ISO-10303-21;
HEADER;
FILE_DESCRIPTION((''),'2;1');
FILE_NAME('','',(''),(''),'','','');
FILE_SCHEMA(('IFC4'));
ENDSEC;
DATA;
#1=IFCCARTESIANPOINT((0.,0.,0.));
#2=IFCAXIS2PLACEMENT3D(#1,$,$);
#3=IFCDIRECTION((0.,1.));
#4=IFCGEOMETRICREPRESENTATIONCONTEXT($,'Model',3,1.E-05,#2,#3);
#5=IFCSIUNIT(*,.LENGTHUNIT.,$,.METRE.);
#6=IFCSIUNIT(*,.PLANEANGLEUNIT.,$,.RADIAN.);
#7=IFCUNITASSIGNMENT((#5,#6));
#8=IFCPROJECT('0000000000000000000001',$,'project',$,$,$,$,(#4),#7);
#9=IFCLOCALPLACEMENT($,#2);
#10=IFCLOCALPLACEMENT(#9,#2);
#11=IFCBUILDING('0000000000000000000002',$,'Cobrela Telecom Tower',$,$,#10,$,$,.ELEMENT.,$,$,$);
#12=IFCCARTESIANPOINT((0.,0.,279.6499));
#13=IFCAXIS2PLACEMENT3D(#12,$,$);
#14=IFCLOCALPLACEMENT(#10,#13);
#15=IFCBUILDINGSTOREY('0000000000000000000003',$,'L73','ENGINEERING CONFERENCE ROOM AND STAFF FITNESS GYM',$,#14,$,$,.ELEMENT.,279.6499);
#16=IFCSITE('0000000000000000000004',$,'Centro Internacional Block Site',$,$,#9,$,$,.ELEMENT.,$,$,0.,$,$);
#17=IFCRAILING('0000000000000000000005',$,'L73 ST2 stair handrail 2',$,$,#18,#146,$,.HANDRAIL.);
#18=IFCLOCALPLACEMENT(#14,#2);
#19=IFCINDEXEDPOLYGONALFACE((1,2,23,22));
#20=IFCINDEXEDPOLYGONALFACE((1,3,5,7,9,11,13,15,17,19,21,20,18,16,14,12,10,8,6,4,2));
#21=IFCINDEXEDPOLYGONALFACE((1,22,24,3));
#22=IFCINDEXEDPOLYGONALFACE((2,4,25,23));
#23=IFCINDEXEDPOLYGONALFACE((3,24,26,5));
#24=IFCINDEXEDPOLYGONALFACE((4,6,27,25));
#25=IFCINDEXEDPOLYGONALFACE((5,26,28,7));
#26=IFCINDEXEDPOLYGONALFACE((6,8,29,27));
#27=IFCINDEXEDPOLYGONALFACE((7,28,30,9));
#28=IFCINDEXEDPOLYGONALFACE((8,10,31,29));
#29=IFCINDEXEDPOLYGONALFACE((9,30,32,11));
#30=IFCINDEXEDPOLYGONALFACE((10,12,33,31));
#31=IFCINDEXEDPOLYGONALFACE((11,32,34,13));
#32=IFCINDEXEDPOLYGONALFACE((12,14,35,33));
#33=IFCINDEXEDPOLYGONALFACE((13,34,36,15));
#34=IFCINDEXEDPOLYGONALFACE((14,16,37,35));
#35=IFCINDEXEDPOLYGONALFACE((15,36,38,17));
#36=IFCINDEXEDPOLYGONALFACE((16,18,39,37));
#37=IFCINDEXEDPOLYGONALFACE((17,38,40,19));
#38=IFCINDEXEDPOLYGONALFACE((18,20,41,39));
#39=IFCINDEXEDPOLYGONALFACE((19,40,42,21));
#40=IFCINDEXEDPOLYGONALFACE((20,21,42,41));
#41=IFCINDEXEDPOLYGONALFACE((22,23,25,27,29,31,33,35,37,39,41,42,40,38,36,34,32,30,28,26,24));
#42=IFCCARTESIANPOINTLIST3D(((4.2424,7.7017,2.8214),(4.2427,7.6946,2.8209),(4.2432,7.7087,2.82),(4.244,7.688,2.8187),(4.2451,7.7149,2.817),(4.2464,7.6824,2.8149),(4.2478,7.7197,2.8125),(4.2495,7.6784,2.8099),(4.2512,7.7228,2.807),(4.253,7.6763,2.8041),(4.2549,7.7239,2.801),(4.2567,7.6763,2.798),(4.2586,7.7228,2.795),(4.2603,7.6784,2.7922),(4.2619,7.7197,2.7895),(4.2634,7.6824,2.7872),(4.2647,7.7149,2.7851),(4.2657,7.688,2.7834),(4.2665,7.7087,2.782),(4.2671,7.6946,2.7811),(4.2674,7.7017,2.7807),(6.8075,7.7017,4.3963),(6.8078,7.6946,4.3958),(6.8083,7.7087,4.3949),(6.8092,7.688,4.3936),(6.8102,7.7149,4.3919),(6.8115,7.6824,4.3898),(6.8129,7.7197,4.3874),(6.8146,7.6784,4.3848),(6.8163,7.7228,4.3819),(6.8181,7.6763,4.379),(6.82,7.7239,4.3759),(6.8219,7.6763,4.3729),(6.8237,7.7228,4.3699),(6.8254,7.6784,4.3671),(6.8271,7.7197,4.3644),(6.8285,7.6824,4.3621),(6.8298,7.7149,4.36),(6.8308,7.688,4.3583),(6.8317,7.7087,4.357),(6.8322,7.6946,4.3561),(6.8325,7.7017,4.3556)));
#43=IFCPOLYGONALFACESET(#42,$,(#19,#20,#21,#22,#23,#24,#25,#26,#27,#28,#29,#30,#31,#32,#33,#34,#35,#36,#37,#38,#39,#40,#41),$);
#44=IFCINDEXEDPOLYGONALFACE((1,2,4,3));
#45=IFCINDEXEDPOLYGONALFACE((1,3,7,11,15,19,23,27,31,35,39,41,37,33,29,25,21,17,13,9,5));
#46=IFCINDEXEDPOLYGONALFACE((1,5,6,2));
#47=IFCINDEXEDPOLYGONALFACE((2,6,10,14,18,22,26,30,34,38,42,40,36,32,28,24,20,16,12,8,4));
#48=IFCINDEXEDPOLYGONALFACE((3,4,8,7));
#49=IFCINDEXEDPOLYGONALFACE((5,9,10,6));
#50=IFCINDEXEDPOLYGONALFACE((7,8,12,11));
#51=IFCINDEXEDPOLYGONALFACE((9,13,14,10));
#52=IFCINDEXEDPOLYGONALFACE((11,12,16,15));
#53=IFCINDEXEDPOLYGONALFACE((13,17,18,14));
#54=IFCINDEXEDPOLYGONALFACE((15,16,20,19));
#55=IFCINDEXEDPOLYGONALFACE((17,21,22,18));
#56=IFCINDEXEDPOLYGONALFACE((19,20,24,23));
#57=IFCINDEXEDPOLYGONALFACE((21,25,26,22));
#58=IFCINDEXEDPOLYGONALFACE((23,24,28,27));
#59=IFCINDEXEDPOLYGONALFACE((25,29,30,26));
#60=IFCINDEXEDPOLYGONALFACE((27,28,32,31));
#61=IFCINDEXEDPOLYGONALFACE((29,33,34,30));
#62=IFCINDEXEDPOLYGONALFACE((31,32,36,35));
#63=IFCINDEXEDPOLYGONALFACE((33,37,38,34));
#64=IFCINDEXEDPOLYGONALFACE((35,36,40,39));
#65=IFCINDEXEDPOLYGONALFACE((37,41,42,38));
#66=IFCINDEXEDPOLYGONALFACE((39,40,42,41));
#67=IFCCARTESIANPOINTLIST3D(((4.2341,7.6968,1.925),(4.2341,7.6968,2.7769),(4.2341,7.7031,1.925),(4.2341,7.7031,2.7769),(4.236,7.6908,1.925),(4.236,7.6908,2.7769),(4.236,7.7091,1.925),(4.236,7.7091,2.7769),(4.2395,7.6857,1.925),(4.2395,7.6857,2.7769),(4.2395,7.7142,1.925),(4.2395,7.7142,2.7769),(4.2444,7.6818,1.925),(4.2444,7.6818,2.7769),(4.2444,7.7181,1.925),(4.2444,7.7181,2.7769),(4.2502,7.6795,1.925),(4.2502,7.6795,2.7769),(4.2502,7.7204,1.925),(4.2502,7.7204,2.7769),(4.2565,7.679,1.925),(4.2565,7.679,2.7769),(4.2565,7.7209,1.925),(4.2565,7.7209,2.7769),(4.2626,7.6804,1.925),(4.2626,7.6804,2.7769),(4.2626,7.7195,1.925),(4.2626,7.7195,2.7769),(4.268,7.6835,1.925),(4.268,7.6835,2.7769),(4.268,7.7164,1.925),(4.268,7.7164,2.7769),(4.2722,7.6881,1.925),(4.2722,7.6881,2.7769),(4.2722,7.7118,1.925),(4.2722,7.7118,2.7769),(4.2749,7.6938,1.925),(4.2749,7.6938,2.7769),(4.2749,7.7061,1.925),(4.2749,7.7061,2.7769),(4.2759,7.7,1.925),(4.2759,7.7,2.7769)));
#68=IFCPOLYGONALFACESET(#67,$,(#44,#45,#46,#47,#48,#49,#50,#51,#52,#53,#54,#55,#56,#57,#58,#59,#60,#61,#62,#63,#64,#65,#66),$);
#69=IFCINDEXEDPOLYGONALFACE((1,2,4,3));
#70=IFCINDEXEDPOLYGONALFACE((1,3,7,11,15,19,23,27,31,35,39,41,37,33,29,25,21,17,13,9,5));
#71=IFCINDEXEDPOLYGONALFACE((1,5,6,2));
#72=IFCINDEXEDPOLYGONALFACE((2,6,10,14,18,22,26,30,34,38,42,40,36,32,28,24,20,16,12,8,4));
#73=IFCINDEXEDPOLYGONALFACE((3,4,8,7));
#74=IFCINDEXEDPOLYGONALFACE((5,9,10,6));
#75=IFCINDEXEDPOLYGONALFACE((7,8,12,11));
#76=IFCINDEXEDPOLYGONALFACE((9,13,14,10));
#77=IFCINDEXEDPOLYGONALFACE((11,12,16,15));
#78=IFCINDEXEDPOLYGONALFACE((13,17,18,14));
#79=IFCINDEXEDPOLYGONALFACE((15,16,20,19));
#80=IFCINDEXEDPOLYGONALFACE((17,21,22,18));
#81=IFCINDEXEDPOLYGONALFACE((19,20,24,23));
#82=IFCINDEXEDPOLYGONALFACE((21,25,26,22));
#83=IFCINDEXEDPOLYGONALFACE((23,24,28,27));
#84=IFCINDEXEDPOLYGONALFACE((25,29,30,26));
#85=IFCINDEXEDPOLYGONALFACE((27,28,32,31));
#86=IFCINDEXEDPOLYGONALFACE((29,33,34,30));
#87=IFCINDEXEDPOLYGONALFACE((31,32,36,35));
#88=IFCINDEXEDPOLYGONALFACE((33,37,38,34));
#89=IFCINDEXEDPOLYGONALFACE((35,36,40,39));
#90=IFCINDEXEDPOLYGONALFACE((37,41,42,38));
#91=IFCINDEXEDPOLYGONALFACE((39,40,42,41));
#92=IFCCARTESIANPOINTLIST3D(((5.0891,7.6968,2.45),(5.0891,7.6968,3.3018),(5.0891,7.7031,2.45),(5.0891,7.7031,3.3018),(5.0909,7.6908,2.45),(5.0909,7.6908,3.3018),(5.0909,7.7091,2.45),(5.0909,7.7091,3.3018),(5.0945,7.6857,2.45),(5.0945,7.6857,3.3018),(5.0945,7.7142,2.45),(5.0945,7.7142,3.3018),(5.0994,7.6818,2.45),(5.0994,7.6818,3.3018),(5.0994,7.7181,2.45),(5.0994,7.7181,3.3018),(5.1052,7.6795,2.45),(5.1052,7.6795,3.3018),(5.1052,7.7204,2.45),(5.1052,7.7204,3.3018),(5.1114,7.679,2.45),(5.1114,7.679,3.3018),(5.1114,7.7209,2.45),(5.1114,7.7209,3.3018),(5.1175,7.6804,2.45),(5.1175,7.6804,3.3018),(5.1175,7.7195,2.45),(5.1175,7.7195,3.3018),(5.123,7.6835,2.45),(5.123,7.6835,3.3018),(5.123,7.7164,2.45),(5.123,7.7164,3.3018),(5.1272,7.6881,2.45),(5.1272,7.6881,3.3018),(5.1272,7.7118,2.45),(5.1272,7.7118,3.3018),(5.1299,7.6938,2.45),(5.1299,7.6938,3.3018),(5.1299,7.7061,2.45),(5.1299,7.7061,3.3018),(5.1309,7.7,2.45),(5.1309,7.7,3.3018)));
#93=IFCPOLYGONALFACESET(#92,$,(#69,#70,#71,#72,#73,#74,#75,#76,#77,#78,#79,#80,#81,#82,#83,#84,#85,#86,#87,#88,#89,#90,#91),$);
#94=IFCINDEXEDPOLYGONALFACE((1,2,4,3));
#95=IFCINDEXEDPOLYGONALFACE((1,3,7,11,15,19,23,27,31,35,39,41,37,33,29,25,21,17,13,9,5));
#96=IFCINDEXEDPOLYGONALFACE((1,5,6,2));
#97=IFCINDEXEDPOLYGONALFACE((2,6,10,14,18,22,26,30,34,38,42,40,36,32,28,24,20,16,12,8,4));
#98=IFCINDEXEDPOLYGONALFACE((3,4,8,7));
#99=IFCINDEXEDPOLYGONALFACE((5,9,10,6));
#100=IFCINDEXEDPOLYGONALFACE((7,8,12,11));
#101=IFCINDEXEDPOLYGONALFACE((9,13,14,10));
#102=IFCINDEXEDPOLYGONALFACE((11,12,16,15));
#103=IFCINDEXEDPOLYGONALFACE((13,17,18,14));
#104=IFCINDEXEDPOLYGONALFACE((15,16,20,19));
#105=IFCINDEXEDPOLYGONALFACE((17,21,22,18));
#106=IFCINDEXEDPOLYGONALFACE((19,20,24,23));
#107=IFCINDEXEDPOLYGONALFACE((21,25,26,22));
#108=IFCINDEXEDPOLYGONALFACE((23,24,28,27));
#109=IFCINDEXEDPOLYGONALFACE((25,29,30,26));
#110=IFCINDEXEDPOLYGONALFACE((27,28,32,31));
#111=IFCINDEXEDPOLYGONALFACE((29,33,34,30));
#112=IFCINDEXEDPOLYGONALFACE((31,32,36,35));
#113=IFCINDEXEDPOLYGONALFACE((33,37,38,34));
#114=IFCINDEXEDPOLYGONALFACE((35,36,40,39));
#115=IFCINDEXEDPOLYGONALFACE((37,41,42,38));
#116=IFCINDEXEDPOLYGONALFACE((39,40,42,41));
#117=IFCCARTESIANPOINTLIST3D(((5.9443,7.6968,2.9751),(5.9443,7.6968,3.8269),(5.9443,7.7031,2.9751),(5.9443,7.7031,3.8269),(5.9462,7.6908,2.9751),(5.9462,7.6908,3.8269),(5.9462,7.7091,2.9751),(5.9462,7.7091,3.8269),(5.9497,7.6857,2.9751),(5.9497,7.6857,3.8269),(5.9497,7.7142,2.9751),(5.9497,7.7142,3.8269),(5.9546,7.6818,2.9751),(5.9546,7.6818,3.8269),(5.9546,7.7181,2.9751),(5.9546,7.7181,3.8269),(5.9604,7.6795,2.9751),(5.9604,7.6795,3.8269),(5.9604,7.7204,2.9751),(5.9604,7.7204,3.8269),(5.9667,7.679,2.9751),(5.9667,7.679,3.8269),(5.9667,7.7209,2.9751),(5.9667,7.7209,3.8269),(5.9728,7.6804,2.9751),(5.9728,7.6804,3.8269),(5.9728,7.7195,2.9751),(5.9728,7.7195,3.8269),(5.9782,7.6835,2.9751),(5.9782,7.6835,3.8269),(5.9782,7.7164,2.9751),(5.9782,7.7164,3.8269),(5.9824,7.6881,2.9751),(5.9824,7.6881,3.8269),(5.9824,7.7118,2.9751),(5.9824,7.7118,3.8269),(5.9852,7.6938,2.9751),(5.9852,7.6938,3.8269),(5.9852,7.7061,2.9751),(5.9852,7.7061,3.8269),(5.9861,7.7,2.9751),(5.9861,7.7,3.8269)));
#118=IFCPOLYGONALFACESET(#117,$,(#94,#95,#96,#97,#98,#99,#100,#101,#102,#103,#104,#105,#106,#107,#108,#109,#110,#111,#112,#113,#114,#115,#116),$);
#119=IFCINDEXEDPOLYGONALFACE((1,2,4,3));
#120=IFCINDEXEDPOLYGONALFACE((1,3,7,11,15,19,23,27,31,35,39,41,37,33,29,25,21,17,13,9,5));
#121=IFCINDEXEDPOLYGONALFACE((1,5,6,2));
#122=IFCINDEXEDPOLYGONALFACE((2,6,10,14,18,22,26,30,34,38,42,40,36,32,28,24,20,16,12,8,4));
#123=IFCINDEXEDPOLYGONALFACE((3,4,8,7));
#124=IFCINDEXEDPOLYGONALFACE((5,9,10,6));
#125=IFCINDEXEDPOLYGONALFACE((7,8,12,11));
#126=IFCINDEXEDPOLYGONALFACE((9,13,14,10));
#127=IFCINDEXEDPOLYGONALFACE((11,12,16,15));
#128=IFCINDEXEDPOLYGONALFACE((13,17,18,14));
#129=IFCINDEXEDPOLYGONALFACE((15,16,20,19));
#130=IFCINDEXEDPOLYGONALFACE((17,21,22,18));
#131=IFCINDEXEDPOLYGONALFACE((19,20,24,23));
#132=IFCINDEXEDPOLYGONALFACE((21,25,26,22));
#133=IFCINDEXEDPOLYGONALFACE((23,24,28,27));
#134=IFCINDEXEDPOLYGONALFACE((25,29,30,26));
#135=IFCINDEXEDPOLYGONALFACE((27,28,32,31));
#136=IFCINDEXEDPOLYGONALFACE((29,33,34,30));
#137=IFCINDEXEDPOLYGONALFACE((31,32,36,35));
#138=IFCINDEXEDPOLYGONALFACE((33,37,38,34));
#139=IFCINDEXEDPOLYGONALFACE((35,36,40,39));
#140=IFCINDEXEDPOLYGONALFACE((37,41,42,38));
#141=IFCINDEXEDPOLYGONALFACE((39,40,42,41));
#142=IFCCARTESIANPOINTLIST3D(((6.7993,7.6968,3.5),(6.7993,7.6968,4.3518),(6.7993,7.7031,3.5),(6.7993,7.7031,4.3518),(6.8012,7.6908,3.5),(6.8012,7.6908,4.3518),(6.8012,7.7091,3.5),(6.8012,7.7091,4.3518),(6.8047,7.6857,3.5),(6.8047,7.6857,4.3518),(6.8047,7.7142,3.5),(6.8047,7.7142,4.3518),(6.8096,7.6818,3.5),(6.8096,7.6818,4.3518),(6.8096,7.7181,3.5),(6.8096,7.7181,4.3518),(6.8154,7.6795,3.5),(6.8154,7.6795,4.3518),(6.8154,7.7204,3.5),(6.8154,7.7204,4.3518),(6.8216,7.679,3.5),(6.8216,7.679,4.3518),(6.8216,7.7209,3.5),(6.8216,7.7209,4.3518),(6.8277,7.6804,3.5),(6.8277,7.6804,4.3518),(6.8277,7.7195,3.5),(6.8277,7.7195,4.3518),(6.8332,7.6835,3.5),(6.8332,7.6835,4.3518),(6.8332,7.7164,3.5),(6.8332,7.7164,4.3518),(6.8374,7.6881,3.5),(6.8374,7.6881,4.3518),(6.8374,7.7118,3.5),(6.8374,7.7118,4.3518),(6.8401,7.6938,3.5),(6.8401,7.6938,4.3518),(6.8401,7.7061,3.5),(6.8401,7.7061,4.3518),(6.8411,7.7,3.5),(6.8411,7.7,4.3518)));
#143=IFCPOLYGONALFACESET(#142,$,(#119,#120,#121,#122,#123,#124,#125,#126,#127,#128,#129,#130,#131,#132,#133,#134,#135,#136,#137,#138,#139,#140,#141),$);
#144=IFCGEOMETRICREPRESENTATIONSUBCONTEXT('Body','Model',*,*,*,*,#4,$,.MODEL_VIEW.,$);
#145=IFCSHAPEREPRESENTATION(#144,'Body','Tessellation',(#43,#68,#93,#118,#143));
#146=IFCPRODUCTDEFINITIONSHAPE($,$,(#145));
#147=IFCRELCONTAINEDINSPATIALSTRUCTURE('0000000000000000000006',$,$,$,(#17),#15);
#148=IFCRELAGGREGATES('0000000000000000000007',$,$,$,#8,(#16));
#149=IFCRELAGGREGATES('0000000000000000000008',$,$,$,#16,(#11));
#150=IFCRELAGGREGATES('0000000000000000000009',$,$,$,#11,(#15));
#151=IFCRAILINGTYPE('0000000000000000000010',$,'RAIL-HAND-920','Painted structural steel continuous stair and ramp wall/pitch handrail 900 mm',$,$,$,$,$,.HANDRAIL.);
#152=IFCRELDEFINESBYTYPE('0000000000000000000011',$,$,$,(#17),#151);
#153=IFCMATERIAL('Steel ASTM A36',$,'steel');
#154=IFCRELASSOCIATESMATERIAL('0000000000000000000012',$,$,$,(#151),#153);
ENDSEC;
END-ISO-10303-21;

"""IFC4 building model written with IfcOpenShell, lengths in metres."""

from ifc_helpers import new_model, si_unit, direction, frame, origin, origin_2d, place, context, subcontext, project, spatial, circle, extrude, material, type_object, element, save


model = new_model("IFC4")

# Units and contexts
model_context = context("Model", 3, precision=1e-05, world=origin(), true_north=direction((0.0, 1.0)))
body_context = subcontext(model_context, "Body", "Model", "MODEL_VIEW")
ifc_project = project(units=[si_unit("LENGTHUNIT", "METRE"), si_unit("PLANEANGLEUNIT", "RADIAN")], contexts=[model_context])

# Site, building, storey
site_placement = place(None, origin())
site = spatial("IfcSite", under=ifc_project, at=site_placement, Name="Centro Internacional Block Site", CompositionType="ELEMENT", RefElevation=0.0)
building_placement = place(site_placement, origin())
building = spatial("IfcBuilding", under=site, at=building_placement, Name="Cobrela Telecom Tower", CompositionType="ELEMENT")
storey_placement = place(building_placement, frame((0.0, 0.0, 279.6499)))
storey = spatial("IfcBuildingStorey", under=building, at=storey_placement, Name="L73", Description="ENGINEERING CONFERENCE ROOM AND STAFF FITNESS GYM", CompositionType="ELEMENT", Elevation=279.6499)

# Railing
ifc_material_1 = material(Name="Steel ASTM A36", Category="steel")
railing_type = type_object("IfcRailingType", Name="RAIL-HAND-920", Description="Painted structural steel continuous stair and ramp wall/pitch handrail 900 mm", PredefinedType="HANDRAIL", material=ifc_material_1)
railing_placement = place(storey_placement, frame((4.2549, 7.7, 1.925)))
element("IfcRailing", 1, at=railing_placement, inside=storey, type_object=railing_type, Name="L73 ST2 stair handrail 2", PredefinedType="HANDRAIL", context=body_context, shape_type="SweptSolid", body=[
    extrude(circle(Radius=0.0239, at=origin_2d()), frame((0.0, 0.0, 0.876), z_axis=(0.852195, 0.0, 0.523224), x_axis=(0.0, 1.0, 0.0)), (0.0, 0.0, 1.0), 3.01),
    extrude(circle(Radius=0.021, at=origin_2d()), origin(), (0.0, 0.0, 1.0), 0.8518),
    extrude(circle(Radius=0.021, at=origin_2d()), frame((0.855, 0.0, 0.5249)), (0.0, 0.0, 1.0), 0.8518),
    extrude(circle(Radius=0.021, at=origin_2d()), frame((1.7102, 0.0, 1.05)), (0.0, 0.0, 1.0), 0.8518),
    extrude(circle(Radius=0.021, at=origin_2d()), frame((2.5652, 0.0, 1.575)), (0.0, 0.0, 1.0), 0.8518),
])

save(model, "model.ifc")
